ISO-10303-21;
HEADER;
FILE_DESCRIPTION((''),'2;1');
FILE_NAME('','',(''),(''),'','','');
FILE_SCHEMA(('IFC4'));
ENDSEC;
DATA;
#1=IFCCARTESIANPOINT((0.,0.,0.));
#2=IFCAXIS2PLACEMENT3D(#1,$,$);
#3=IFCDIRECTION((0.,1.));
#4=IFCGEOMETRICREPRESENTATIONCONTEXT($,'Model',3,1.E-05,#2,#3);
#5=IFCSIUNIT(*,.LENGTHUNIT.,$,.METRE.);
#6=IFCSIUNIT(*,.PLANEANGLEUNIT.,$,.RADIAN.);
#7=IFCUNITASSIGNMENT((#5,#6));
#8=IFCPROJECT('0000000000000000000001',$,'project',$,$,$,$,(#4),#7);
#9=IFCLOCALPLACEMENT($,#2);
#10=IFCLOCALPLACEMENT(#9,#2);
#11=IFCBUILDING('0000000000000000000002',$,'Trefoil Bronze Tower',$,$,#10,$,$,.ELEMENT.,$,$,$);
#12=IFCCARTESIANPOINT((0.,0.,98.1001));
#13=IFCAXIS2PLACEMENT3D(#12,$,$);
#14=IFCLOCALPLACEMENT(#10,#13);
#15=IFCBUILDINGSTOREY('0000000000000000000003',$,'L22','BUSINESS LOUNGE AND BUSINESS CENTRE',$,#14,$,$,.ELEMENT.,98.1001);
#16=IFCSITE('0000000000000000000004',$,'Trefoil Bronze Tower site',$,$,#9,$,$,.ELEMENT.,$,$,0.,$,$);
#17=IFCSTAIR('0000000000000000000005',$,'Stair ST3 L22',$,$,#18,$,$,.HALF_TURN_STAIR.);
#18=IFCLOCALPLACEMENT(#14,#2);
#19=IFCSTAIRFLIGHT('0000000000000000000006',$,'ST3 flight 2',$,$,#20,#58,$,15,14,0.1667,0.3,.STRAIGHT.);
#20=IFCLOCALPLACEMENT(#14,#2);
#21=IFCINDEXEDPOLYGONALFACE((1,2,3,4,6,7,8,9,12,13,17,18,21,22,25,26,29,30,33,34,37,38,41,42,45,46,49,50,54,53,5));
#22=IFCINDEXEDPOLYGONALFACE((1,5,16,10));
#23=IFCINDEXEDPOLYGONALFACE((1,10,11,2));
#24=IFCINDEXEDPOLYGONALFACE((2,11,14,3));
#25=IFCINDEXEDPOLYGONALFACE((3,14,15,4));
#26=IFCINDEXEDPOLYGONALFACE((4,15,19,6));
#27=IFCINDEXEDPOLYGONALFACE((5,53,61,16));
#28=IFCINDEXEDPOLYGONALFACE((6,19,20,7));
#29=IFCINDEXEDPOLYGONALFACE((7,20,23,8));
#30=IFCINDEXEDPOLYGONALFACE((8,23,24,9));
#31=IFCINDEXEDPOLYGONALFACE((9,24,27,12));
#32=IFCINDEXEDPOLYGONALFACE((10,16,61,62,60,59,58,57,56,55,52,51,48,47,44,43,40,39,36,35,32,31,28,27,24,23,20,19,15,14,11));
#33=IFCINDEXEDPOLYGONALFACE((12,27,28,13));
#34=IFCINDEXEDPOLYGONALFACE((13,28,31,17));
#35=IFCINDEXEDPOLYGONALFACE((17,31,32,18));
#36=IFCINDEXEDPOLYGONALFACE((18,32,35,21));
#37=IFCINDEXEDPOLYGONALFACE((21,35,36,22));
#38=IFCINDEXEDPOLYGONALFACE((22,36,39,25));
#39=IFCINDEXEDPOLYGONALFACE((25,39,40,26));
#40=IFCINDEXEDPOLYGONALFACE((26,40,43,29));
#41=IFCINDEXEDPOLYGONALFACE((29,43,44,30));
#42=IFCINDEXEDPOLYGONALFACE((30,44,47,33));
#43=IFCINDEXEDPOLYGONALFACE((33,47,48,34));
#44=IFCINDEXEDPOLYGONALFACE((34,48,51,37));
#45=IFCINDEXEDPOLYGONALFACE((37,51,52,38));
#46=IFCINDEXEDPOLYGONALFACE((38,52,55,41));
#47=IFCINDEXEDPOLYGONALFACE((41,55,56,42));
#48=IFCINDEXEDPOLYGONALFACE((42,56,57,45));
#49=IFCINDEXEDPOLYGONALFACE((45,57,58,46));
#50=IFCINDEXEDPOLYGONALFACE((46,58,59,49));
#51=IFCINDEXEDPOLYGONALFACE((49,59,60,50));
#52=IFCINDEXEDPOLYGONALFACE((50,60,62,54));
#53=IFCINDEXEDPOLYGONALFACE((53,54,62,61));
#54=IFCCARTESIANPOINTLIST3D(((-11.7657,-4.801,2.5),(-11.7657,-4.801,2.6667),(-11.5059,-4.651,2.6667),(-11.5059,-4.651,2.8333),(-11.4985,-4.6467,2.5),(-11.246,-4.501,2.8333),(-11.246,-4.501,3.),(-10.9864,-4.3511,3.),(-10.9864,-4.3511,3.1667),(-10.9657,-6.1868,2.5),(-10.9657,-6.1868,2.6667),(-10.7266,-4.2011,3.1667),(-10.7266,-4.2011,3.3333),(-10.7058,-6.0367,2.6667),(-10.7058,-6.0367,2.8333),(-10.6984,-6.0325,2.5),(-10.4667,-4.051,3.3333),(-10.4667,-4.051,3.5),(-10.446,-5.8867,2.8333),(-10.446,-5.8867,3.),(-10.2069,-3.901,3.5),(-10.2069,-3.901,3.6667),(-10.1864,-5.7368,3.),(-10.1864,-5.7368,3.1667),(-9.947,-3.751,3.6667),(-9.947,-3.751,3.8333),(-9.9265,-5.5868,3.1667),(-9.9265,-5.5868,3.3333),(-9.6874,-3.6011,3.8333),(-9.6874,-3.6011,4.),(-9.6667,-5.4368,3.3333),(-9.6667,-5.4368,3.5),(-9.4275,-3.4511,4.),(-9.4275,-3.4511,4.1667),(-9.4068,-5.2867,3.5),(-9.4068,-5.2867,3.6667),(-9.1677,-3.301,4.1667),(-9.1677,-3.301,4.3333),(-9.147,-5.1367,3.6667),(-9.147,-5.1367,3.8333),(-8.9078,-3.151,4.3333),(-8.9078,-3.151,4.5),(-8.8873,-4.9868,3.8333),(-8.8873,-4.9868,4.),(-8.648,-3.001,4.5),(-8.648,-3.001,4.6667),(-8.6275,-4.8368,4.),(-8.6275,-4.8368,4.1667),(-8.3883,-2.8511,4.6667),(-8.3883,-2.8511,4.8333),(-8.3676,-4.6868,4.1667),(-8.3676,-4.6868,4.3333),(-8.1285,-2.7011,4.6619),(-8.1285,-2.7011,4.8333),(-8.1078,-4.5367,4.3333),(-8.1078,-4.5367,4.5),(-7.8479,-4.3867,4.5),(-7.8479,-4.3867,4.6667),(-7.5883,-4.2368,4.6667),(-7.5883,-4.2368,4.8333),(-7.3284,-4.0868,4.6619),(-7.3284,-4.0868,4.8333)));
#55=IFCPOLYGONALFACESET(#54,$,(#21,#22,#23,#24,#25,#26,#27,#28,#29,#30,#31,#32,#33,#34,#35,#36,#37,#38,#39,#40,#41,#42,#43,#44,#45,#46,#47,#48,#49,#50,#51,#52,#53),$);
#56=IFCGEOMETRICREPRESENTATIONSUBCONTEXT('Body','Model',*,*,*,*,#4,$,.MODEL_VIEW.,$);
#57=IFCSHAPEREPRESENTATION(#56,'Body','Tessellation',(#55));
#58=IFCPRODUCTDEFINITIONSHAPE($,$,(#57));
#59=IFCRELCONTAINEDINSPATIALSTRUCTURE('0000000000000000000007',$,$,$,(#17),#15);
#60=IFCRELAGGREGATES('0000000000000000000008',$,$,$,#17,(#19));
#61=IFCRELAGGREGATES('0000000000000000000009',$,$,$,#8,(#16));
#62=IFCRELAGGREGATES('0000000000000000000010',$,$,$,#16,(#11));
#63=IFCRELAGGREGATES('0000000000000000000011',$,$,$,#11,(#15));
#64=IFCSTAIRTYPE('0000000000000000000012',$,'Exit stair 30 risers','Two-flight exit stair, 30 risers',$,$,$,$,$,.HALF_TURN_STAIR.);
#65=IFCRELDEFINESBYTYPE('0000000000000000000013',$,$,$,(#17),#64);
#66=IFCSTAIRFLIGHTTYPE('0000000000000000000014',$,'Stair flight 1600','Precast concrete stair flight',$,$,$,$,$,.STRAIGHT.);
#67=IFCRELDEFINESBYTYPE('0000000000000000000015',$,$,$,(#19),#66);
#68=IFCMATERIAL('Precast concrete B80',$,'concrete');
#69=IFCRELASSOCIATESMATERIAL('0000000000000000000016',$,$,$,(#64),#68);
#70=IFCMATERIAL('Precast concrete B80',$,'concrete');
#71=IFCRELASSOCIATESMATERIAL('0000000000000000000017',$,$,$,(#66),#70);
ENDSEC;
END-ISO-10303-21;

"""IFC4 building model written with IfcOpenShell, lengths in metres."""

from ifc_helpers import new_model, si_unit, direction, frame, origin, place, context, subcontext, project, spatial, polyline, outline, extrude, material, type_object, element, aggregate, save


model = new_model("IFC4")

# Units and contexts
model_context = context("Model", 3, precision=1e-05, world=origin(), true_north=direction((0.0, 1.0)))
body_context = subcontext(model_context, "Body", "Model", "MODEL_VIEW")
ifc_project = project(units=[si_unit("LENGTHUNIT", "METRE"), si_unit("PLANEANGLEUNIT", "RADIAN")], contexts=[model_context])

# Site, building, storey
site_placement = place(None, origin())
site = spatial("IfcSite", under=ifc_project, at=site_placement, Name="Trefoil Bronze Tower site", CompositionType="ELEMENT", RefElevation=0.0)
building_placement = place(site_placement, origin())
building = spatial("IfcBuilding", under=site, at=building_placement, Name="Trefoil Bronze Tower", CompositionType="ELEMENT")
storey_placement = place(building_placement, frame((0.0, 0.0, 98.1001)))
storey = spatial("IfcBuildingStorey", under=building, at=storey_placement, Name="L22", Description="BUSINESS LOUNGE AND BUSINESS CENTRE", CompositionType="ELEMENT", Elevation=98.1001)

# Stair, stair flight
ifc_material_1 = material(Name="Precast concrete B80", Category="concrete")
stair_type = type_object("IfcStairType", Name="Exit stair 30 risers", Description="Two-flight exit stair, 30 risers", PredefinedType="HALF_TURN_STAIR", material=ifc_material_1)
stair_placement = place(storey_placement, origin())
stair = element("IfcStair", 1, at=stair_placement, inside=storey, type_object=stair_type, Name="Stair ST3 L22", PredefinedType="HALF_TURN_STAIR")
ifc_material_2 = material(Name="Precast concrete B80", Category="concrete")
stair_flight_type = type_object("IfcStairFlightType", Name="Stair flight 1600", Description="Precast concrete stair flight", PredefinedType="STRAIGHT", material=ifc_material_2)
stair_flight_1_placement = place(storey_placement, frame((-11.3657, -5.4939, 2.5), z_axis=(0.0, 0.0, 1.0), x_axis=(0.866025, 0.5, 0.0)))
stair_flight_1 = element("IfcStairFlight", 2, at=stair_flight_1_placement, type_object=stair_flight_type, Name="ST3 flight 2", NumberOfRisers=15, NumberOfTreads=14, PredefinedType="STRAIGHT", RiserHeight=0.1667, TreadLength=0.3, context=body_context, shape_type="SweptSolid", body=[
    extrude(outline(polyline([(0.0, 0.0), (0.0, 0.1667), (0.3, 0.1667), (0.3, 0.3333), (0.6001, 0.3333), (0.6001, 0.5), (0.8999, 0.5), (0.8999, 0.6667), (1.2, 0.6667), (1.2, 0.8333), (1.5, 0.8333), (1.5, 1.0), (1.8, 1.0), (1.8, 1.1667), (2.1001, 1.1667), (2.1001, 1.3333), (2.3999, 1.3333), (2.3999, 1.5), (2.7, 1.5), (2.7, 1.6667), (3.0, 1.6667), (3.0, 1.8333), (3.3, 1.8333), (3.3, 2.0), (3.6001, 2.0), (3.6001, 2.1667), (3.8999, 2.1667), (3.8999, 2.3333), (4.2, 2.3333), (4.2, 2.5), (4.2, 2.1619), (0.3086, 0.0), (0.0, 0.0)])), frame((0.0, 0.8, 0.0), z_axis=(0.0, -1.0, 0.0), x_axis=(1.0, 0.0, 0.0)), (0.0, 0.0, 1.0), 1.6001),
])
aggregate(stair, [stair_flight_1])

save(model, "model.ifc")
